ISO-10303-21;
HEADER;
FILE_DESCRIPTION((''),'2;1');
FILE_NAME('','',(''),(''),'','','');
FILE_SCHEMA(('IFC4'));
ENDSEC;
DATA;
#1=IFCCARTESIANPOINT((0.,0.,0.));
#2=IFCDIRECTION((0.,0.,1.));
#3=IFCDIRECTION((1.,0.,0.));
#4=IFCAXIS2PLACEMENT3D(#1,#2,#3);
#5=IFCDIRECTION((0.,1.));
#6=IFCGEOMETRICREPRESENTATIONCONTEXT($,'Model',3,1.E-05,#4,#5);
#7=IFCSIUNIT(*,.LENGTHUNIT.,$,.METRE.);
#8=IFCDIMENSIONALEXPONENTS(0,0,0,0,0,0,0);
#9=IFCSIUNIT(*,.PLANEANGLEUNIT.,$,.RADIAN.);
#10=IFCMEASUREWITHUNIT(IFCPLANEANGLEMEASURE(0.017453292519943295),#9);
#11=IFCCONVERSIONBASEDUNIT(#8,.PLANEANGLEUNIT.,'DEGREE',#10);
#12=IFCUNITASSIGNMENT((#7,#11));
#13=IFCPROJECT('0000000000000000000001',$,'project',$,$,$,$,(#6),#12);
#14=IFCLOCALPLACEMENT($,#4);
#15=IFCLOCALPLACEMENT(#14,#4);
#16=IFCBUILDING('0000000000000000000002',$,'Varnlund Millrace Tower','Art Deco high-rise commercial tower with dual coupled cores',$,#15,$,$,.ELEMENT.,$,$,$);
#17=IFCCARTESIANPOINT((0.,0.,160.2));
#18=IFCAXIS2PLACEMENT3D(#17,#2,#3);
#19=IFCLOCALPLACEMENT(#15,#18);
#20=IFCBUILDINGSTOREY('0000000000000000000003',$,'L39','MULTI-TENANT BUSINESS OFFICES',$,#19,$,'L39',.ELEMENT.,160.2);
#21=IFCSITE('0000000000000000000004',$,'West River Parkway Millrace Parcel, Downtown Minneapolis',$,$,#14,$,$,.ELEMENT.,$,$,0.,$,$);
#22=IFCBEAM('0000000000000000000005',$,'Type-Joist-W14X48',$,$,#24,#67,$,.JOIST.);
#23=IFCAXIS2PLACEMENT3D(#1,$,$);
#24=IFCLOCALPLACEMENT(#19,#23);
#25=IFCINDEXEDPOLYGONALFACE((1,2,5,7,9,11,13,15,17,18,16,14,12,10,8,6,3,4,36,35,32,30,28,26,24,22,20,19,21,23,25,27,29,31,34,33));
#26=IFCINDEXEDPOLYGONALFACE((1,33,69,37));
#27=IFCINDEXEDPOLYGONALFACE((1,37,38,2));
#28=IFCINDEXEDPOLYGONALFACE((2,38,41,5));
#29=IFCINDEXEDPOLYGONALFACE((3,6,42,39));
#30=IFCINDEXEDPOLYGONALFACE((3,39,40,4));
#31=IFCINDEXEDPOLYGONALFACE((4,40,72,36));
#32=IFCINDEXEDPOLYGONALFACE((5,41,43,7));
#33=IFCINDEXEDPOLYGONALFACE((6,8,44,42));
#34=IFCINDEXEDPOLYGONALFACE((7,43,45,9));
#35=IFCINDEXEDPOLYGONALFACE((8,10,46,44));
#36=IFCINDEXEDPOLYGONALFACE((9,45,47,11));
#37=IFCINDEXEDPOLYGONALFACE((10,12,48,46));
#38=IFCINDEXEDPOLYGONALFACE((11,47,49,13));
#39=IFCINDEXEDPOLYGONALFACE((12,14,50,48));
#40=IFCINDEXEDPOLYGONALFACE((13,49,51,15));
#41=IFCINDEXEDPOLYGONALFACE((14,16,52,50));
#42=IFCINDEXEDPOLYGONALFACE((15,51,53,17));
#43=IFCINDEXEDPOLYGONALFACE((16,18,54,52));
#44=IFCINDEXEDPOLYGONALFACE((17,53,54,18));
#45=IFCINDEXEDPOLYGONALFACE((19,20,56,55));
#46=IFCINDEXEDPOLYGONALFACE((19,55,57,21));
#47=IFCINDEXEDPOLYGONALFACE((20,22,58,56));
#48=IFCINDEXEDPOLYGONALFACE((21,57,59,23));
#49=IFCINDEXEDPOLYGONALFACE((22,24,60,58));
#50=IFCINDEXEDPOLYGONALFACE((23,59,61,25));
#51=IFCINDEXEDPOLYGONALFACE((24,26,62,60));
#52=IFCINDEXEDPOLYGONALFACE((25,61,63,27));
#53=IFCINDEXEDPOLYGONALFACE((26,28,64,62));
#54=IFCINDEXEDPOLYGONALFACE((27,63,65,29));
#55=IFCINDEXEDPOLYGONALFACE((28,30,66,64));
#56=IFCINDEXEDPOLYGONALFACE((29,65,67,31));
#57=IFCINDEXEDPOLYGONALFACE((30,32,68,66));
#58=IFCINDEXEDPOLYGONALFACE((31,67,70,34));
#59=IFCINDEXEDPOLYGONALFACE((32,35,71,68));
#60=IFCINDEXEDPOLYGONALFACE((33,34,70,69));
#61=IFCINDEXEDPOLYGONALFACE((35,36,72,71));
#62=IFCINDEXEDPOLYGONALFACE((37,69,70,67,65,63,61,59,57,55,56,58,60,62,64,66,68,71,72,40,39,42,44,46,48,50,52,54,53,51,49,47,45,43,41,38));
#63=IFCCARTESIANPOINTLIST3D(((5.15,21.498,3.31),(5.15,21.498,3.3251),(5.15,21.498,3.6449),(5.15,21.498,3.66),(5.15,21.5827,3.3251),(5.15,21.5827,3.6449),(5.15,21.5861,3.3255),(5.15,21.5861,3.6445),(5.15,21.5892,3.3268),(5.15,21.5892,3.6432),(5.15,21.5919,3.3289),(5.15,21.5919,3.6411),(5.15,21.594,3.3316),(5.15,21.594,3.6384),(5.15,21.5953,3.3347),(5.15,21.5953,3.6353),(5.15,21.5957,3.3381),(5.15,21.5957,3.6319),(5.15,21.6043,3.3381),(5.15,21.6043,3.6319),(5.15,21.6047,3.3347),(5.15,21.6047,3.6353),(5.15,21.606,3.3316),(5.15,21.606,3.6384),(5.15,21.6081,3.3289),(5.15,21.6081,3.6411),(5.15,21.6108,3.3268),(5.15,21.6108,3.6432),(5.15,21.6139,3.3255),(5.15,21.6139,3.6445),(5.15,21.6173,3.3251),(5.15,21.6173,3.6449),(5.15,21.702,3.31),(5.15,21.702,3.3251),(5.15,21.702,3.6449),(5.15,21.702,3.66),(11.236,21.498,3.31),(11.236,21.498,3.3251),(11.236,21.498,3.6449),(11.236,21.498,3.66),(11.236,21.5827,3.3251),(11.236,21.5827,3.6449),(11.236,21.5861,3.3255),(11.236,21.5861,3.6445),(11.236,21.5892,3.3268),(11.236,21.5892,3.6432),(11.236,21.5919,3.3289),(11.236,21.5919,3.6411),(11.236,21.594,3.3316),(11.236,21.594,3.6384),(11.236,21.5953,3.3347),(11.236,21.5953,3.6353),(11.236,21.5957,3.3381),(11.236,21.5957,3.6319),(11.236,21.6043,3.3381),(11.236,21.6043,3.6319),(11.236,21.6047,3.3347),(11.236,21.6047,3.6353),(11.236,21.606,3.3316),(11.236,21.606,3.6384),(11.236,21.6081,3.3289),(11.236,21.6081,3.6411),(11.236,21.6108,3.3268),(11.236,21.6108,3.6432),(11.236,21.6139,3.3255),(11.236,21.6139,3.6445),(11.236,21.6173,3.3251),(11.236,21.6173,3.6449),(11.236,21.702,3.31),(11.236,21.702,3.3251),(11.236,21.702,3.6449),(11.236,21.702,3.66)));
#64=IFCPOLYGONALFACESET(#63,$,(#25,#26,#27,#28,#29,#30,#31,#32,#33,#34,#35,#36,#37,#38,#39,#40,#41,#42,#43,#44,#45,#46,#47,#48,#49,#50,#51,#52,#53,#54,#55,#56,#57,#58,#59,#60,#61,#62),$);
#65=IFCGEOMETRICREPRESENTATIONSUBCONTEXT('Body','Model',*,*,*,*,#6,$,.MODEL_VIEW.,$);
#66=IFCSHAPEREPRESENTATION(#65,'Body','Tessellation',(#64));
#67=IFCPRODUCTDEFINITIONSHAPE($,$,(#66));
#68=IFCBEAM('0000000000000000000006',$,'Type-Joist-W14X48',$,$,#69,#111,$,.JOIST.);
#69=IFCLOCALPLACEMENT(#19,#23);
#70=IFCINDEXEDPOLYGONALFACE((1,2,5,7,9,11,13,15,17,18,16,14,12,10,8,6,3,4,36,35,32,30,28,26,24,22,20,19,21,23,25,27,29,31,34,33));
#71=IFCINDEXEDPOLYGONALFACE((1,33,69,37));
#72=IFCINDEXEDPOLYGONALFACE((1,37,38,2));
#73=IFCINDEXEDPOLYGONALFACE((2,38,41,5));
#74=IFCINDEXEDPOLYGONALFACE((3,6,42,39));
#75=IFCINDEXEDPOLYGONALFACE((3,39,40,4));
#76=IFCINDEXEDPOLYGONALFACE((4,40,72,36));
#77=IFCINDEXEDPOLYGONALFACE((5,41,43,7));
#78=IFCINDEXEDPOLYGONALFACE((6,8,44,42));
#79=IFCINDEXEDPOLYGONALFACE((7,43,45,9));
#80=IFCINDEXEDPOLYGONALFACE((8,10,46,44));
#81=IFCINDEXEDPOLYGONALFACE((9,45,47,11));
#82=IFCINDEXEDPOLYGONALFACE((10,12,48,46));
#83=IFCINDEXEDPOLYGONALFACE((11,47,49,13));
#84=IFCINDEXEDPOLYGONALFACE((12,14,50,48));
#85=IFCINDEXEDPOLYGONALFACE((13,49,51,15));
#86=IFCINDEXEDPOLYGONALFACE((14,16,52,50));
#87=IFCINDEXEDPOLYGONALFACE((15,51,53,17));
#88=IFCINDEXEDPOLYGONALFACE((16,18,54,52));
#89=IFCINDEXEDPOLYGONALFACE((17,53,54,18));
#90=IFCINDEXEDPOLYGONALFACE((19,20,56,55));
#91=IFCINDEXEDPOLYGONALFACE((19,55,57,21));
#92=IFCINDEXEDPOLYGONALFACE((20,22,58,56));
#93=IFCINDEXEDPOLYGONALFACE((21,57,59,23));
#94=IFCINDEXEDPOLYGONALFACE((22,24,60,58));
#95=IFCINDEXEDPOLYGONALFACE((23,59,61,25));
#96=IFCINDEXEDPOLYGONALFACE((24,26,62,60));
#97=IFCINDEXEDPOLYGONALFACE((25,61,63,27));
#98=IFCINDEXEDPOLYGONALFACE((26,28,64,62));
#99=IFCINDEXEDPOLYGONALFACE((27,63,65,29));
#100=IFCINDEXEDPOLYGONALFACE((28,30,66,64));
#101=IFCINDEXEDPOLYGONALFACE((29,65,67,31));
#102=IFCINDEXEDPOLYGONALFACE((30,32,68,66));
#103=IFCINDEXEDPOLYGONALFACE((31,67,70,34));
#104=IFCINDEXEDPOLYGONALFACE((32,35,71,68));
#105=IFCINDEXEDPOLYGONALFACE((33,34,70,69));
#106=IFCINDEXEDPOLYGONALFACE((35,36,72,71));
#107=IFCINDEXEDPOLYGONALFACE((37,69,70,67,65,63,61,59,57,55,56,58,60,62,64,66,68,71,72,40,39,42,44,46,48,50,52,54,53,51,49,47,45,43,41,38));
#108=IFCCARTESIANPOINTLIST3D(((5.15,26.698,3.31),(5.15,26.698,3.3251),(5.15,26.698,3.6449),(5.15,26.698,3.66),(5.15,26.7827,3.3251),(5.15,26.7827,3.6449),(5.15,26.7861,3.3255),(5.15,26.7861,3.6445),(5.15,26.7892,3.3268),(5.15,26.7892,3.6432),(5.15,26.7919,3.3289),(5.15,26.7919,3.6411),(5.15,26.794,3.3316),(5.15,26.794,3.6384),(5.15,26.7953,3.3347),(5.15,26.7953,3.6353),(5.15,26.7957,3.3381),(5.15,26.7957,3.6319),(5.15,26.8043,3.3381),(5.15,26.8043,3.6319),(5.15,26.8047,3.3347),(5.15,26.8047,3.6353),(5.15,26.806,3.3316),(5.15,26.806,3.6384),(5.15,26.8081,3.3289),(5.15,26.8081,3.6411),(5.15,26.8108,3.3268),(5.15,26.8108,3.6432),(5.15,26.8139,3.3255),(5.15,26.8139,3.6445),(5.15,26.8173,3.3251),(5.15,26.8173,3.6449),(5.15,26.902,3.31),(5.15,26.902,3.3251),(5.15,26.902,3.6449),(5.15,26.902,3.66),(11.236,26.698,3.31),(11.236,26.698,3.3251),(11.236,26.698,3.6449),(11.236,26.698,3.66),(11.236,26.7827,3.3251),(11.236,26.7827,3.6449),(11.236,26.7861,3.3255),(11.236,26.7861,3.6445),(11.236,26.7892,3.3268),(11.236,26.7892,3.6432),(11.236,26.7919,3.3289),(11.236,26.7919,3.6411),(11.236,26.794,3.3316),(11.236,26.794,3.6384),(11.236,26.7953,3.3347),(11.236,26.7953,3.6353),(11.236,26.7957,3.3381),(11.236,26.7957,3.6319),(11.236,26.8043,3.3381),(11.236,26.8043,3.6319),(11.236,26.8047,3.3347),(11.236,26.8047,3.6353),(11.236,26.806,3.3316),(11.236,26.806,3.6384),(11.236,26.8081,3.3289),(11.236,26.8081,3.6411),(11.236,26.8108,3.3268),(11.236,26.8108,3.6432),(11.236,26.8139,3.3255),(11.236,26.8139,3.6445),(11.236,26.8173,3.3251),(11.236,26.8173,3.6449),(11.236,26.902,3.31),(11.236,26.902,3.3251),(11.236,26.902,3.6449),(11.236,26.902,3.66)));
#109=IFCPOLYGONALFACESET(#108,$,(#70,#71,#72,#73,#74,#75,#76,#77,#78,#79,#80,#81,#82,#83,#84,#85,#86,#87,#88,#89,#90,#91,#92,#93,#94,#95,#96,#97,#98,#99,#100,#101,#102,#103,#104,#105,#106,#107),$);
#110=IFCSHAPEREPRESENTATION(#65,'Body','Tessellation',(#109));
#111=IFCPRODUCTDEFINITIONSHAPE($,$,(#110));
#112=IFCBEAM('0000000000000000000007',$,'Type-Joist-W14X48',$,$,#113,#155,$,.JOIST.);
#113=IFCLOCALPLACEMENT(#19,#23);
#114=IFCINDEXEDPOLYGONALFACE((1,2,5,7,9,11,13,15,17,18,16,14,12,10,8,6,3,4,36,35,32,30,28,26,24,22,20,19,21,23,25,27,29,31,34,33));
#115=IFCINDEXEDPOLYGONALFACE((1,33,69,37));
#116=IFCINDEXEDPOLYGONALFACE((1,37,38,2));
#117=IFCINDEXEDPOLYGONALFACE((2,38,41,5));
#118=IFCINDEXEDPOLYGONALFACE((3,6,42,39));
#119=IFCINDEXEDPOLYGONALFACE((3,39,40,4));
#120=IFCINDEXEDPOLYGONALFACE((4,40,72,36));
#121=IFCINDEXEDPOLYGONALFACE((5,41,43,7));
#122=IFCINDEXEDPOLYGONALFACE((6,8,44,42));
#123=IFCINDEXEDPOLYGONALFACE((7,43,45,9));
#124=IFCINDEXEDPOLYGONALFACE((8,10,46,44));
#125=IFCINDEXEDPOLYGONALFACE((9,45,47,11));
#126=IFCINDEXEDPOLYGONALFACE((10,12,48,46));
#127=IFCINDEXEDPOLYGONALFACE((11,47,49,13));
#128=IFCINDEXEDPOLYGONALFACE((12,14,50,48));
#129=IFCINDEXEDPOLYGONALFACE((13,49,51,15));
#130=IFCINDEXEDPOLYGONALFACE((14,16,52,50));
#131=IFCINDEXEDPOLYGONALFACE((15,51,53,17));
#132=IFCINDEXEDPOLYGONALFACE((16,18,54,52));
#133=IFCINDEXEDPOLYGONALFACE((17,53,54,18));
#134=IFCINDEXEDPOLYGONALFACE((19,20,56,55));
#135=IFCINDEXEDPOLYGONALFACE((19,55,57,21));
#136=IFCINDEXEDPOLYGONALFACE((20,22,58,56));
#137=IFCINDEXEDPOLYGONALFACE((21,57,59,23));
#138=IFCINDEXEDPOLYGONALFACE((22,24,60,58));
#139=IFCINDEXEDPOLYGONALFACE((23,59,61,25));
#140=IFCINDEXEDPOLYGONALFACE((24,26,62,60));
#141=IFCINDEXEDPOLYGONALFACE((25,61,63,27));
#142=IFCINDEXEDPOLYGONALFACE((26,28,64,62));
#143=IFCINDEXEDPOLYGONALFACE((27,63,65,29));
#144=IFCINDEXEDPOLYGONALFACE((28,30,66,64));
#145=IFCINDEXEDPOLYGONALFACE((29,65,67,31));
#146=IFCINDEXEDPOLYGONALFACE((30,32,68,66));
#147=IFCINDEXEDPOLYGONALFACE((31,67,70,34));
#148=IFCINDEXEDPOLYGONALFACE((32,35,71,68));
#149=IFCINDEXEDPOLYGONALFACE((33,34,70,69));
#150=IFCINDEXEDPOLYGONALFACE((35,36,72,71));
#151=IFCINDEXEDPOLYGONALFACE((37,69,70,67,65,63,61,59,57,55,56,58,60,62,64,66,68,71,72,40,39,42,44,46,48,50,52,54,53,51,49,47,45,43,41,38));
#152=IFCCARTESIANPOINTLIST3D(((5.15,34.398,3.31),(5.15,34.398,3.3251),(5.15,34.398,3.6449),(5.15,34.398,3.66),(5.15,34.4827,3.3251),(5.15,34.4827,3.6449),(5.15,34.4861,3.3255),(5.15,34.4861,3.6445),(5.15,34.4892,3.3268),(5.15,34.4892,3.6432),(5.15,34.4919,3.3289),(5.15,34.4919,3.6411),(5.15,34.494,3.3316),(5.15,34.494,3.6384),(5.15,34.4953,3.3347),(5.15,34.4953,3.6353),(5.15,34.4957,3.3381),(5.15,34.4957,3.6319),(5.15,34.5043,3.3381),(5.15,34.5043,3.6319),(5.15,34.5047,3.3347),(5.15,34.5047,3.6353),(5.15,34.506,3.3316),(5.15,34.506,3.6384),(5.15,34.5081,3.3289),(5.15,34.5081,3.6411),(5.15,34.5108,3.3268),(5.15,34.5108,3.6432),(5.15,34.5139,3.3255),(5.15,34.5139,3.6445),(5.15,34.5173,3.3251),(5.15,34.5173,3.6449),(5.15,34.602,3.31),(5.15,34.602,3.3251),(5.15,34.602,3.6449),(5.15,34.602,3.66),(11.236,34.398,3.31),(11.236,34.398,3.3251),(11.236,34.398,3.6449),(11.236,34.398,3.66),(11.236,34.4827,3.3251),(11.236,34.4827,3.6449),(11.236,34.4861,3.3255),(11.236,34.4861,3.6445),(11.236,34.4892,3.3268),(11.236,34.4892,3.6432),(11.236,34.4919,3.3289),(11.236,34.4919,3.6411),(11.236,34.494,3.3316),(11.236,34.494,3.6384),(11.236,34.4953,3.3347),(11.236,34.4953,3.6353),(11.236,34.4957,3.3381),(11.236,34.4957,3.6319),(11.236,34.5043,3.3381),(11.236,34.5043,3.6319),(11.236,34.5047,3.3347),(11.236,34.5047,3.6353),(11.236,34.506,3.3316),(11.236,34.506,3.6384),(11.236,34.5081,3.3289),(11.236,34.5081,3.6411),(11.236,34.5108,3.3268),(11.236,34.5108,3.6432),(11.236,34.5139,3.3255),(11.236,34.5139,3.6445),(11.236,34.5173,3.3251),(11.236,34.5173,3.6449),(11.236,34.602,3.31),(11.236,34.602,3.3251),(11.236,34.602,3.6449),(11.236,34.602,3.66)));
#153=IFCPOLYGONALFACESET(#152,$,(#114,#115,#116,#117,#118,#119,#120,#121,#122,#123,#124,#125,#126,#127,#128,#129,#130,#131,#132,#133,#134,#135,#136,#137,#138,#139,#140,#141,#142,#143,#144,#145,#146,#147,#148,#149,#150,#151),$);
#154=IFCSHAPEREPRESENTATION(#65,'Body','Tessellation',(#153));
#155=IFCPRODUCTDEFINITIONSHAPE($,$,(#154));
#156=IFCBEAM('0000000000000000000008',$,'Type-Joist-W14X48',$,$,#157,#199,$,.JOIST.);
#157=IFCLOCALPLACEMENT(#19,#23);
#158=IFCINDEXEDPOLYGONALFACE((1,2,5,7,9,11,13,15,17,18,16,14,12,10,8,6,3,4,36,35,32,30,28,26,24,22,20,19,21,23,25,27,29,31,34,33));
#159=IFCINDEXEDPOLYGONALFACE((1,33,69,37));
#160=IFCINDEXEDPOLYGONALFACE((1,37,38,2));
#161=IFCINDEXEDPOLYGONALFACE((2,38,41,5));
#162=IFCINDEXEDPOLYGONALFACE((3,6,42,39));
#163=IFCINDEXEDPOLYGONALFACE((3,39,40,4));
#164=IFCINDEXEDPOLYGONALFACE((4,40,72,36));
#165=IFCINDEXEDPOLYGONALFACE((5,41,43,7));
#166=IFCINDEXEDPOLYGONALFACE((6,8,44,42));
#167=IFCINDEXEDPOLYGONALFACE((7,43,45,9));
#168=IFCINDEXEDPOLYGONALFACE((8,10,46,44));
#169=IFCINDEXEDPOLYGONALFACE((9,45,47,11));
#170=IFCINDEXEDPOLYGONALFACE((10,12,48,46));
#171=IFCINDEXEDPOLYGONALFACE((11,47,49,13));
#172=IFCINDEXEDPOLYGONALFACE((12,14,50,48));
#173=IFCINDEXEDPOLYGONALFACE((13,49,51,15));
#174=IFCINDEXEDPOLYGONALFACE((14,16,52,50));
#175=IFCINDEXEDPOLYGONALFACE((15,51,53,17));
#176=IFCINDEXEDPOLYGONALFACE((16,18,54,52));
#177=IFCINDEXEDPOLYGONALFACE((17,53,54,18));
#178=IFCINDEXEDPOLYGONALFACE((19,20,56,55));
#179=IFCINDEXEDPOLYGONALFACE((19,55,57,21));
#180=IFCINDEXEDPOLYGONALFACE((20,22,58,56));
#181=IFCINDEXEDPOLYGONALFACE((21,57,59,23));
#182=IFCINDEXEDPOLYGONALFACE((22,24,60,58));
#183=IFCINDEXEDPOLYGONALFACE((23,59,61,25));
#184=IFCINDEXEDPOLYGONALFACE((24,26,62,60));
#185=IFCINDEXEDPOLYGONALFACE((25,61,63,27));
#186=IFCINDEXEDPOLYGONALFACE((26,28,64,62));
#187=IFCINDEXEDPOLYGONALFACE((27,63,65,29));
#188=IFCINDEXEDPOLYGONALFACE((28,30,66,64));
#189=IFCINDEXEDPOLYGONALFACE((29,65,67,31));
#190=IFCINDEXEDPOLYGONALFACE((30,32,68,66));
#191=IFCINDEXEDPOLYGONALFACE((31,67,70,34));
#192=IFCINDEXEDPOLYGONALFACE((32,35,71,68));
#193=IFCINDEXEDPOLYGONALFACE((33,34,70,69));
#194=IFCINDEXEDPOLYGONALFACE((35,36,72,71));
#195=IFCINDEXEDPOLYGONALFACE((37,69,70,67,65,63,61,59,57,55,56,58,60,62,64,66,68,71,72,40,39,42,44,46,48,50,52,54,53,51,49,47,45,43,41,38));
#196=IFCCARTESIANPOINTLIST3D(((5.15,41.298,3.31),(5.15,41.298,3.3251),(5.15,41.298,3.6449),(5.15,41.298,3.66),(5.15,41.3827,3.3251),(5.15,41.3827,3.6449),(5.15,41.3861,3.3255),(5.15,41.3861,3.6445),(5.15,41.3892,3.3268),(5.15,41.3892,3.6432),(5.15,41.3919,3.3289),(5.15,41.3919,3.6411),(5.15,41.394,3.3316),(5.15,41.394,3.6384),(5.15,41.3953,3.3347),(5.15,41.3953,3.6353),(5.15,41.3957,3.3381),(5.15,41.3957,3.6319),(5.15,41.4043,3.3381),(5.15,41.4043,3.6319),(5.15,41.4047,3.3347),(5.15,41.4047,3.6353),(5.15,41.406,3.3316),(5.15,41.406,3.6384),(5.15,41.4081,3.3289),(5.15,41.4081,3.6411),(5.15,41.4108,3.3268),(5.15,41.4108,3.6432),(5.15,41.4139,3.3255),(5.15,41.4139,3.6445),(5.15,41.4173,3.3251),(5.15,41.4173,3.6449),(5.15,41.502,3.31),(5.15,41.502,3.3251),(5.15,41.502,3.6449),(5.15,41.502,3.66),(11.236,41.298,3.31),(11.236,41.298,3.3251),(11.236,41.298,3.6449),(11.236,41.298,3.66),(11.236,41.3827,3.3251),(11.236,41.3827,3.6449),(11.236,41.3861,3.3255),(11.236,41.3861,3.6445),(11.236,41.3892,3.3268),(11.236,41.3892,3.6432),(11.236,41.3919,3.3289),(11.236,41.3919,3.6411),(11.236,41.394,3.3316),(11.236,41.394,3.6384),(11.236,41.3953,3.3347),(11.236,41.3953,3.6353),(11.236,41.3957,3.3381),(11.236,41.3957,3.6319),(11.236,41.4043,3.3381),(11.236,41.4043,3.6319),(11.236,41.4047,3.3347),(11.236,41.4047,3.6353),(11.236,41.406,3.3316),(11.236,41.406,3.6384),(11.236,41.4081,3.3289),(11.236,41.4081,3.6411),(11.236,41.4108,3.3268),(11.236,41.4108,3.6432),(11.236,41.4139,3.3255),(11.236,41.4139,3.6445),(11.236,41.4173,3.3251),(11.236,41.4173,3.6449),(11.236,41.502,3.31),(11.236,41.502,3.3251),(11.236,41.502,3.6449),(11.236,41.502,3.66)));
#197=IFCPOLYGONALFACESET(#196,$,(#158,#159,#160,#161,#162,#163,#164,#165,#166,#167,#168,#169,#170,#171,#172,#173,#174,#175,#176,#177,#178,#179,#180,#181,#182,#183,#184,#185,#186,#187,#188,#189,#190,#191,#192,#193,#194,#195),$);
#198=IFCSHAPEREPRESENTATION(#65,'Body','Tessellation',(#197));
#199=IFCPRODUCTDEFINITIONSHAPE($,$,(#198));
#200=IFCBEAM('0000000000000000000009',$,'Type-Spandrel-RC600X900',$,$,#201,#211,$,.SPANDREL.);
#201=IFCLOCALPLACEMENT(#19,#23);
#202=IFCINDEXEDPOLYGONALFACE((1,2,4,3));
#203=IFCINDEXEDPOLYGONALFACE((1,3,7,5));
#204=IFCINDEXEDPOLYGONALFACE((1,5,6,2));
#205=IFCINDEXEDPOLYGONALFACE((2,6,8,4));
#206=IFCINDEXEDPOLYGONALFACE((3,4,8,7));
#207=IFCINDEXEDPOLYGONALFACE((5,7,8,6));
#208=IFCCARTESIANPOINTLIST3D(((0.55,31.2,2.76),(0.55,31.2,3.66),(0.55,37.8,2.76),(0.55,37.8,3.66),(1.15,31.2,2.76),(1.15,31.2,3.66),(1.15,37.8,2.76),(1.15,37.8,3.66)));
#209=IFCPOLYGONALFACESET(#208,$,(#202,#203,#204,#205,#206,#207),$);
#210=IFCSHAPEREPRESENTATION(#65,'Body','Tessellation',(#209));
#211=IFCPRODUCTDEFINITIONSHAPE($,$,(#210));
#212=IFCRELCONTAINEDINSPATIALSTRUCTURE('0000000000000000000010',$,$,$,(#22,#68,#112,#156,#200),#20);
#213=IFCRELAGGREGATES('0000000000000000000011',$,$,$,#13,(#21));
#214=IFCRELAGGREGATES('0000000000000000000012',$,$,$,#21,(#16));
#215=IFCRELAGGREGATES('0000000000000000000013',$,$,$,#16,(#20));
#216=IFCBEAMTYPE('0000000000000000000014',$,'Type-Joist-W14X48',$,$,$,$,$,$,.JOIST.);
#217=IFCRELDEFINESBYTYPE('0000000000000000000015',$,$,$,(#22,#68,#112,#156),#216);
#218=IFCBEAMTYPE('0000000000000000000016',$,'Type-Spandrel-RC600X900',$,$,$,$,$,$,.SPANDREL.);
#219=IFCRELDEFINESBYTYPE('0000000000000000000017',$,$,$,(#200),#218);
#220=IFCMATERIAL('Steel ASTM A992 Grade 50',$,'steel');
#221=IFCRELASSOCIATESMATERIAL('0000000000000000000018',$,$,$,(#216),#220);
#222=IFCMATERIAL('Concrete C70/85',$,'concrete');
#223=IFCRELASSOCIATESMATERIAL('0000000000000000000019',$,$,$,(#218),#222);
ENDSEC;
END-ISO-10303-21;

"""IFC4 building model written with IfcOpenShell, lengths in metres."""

from ifc_helpers import new_model, entity, si_unit, converted_unit, direction, frame, origin_with_axes, origin_2d_with_axis, place, context, subcontext, project, spatial, rectangle, i_section, extrude, material, material_profile, profile_set, type_object, element, save


model = new_model("IFC4")

# Units and contexts
model_context = context("Model", 3, precision=1e-05, world=origin_with_axes(), true_north=direction((0.0, 1.0)))
body_context = subcontext(model_context, "Body", "Model", "MODEL_VIEW")
ifc_project = project(units=[si_unit("LENGTHUNIT", "METRE"), converted_unit("PLANEANGLEUNIT", "DEGREE", entity("IfcPlaneAngleMeasure", 0.017453292519943295), si_unit("PLANEANGLEUNIT", "RADIAN"), dimensions=[0, 0, 0, 0, 0, 0, 0])], contexts=[model_context])

# Site, building, storey
site_placement = place(None, origin_with_axes())
site = spatial("IfcSite", under=ifc_project, at=site_placement, Name="West River Parkway Millrace Parcel, Downtown Minneapolis", CompositionType="ELEMENT", RefElevation=0.0)
building_placement = place(site_placement, origin_with_axes())
building = spatial("IfcBuilding", under=site, at=building_placement, Name="Varnlund Millrace Tower", Description="Art Deco high-rise commercial tower with dual coupled cores", CompositionType="ELEMENT")
storey_placement = place(building_placement, frame((0.0, 0.0, 160.2), z_axis=(0.0, 0.0, 1.0), x_axis=(1.0, 0.0, 0.0)))
storey = spatial("IfcBuildingStorey", under=building, at=storey_placement, Name="L39", Description="MULTI-TENANT BUSINESS OFFICES", LongName="L39", CompositionType="ELEMENT", Elevation=160.2)

# Beams
ifc_material_1 = material(Name="Steel ASTM A992 Grade 50", Category="steel")
ifc_material_profile_1 = material_profile(ifc_material_1, i_section(OverallWidth=0.204, OverallDepth=0.35, WebThickness=0.0086, FlangeThickness=0.0151, FilletRadius=0.013, at=origin_2d_with_axis()), Name="Steel ASTM A992 Grade 50")
ifc_profile_set_1 = profile_set([ifc_material_profile_1], Name="Steel ASTM A992 Grade 50")
beam_type_1 = type_object("IfcBeamType", Name="Type-Joist-W14X48", PredefinedType="JOIST", material=ifc_profile_set_1)
for number, where, z_axis, x_axis, name in (
    (1, (5.15, 21.6, 3.485), (1.0, 0.0, 0.0), (0.0, 1.0, 0.0), "Type-Joist-W14X48"),
    (2, (5.15, 26.8, 3.485), (1.0, 0.0, 0.0), (0.0, 1.0, 0.0), "Type-Joist-W14X48"),
    (3, (5.15, 34.5, 3.485), (1.0, 0.0, 0.0), (0.0, 1.0, 0.0), "Type-Joist-W14X48"),
    (4, (5.15, 41.4, 3.485), (1.0, 0.0, 0.0), (0.0, 1.0, 0.0), "Type-Joist-W14X48"),
):
    element("IfcBeam", number, at=place(storey_placement, frame(where, z_axis=z_axis, x_axis=x_axis)), inside=storey, type_object=beam_type_1, Name=name, PredefinedType="JOIST", context=body_context, shape_type="SweptSolid", body=[
        extrude(i_section(OverallWidth=0.204, OverallDepth=0.35, WebThickness=0.0086, FlangeThickness=0.0151, FilletRadius=0.013, at=origin_2d_with_axis()), origin_with_axes(), (0.0, 0.0, 1.0), 6.086),
    ])
ifc_material_2 = material(Name="Concrete C70/85", Category="concrete")
ifc_material_profile_2 = material_profile(ifc_material_2, rectangle(XDim=0.6, YDim=0.9, at=origin_2d_with_axis()), Name="Concrete C70/85")
ifc_profile_set_2 = profile_set([ifc_material_profile_2], Name="Concrete C70/85")
beam_type_2 = type_object("IfcBeamType", Name="Type-Spandrel-RC600X900", PredefinedType="SPANDREL", material=ifc_profile_set_2)
beam_1_placement = place(storey_placement, frame((0.85, 31.2, 3.21), z_axis=(0.0, 1.0, 0.0), x_axis=(-1.0, 0.0, 0.0)))
element("IfcBeam", 5, at=beam_1_placement, inside=storey, type_object=beam_type_2, Name="Type-Spandrel-RC600X900", PredefinedType="SPANDREL", context=body_context, shape_type="SweptSolid", body=[
    extrude(rectangle(XDim=0.6, YDim=0.9, at=origin_2d_with_axis()), origin_with_axes(), (0.0, 0.0, 1.0), 6.6),
])

save(model, "model.ifc")
